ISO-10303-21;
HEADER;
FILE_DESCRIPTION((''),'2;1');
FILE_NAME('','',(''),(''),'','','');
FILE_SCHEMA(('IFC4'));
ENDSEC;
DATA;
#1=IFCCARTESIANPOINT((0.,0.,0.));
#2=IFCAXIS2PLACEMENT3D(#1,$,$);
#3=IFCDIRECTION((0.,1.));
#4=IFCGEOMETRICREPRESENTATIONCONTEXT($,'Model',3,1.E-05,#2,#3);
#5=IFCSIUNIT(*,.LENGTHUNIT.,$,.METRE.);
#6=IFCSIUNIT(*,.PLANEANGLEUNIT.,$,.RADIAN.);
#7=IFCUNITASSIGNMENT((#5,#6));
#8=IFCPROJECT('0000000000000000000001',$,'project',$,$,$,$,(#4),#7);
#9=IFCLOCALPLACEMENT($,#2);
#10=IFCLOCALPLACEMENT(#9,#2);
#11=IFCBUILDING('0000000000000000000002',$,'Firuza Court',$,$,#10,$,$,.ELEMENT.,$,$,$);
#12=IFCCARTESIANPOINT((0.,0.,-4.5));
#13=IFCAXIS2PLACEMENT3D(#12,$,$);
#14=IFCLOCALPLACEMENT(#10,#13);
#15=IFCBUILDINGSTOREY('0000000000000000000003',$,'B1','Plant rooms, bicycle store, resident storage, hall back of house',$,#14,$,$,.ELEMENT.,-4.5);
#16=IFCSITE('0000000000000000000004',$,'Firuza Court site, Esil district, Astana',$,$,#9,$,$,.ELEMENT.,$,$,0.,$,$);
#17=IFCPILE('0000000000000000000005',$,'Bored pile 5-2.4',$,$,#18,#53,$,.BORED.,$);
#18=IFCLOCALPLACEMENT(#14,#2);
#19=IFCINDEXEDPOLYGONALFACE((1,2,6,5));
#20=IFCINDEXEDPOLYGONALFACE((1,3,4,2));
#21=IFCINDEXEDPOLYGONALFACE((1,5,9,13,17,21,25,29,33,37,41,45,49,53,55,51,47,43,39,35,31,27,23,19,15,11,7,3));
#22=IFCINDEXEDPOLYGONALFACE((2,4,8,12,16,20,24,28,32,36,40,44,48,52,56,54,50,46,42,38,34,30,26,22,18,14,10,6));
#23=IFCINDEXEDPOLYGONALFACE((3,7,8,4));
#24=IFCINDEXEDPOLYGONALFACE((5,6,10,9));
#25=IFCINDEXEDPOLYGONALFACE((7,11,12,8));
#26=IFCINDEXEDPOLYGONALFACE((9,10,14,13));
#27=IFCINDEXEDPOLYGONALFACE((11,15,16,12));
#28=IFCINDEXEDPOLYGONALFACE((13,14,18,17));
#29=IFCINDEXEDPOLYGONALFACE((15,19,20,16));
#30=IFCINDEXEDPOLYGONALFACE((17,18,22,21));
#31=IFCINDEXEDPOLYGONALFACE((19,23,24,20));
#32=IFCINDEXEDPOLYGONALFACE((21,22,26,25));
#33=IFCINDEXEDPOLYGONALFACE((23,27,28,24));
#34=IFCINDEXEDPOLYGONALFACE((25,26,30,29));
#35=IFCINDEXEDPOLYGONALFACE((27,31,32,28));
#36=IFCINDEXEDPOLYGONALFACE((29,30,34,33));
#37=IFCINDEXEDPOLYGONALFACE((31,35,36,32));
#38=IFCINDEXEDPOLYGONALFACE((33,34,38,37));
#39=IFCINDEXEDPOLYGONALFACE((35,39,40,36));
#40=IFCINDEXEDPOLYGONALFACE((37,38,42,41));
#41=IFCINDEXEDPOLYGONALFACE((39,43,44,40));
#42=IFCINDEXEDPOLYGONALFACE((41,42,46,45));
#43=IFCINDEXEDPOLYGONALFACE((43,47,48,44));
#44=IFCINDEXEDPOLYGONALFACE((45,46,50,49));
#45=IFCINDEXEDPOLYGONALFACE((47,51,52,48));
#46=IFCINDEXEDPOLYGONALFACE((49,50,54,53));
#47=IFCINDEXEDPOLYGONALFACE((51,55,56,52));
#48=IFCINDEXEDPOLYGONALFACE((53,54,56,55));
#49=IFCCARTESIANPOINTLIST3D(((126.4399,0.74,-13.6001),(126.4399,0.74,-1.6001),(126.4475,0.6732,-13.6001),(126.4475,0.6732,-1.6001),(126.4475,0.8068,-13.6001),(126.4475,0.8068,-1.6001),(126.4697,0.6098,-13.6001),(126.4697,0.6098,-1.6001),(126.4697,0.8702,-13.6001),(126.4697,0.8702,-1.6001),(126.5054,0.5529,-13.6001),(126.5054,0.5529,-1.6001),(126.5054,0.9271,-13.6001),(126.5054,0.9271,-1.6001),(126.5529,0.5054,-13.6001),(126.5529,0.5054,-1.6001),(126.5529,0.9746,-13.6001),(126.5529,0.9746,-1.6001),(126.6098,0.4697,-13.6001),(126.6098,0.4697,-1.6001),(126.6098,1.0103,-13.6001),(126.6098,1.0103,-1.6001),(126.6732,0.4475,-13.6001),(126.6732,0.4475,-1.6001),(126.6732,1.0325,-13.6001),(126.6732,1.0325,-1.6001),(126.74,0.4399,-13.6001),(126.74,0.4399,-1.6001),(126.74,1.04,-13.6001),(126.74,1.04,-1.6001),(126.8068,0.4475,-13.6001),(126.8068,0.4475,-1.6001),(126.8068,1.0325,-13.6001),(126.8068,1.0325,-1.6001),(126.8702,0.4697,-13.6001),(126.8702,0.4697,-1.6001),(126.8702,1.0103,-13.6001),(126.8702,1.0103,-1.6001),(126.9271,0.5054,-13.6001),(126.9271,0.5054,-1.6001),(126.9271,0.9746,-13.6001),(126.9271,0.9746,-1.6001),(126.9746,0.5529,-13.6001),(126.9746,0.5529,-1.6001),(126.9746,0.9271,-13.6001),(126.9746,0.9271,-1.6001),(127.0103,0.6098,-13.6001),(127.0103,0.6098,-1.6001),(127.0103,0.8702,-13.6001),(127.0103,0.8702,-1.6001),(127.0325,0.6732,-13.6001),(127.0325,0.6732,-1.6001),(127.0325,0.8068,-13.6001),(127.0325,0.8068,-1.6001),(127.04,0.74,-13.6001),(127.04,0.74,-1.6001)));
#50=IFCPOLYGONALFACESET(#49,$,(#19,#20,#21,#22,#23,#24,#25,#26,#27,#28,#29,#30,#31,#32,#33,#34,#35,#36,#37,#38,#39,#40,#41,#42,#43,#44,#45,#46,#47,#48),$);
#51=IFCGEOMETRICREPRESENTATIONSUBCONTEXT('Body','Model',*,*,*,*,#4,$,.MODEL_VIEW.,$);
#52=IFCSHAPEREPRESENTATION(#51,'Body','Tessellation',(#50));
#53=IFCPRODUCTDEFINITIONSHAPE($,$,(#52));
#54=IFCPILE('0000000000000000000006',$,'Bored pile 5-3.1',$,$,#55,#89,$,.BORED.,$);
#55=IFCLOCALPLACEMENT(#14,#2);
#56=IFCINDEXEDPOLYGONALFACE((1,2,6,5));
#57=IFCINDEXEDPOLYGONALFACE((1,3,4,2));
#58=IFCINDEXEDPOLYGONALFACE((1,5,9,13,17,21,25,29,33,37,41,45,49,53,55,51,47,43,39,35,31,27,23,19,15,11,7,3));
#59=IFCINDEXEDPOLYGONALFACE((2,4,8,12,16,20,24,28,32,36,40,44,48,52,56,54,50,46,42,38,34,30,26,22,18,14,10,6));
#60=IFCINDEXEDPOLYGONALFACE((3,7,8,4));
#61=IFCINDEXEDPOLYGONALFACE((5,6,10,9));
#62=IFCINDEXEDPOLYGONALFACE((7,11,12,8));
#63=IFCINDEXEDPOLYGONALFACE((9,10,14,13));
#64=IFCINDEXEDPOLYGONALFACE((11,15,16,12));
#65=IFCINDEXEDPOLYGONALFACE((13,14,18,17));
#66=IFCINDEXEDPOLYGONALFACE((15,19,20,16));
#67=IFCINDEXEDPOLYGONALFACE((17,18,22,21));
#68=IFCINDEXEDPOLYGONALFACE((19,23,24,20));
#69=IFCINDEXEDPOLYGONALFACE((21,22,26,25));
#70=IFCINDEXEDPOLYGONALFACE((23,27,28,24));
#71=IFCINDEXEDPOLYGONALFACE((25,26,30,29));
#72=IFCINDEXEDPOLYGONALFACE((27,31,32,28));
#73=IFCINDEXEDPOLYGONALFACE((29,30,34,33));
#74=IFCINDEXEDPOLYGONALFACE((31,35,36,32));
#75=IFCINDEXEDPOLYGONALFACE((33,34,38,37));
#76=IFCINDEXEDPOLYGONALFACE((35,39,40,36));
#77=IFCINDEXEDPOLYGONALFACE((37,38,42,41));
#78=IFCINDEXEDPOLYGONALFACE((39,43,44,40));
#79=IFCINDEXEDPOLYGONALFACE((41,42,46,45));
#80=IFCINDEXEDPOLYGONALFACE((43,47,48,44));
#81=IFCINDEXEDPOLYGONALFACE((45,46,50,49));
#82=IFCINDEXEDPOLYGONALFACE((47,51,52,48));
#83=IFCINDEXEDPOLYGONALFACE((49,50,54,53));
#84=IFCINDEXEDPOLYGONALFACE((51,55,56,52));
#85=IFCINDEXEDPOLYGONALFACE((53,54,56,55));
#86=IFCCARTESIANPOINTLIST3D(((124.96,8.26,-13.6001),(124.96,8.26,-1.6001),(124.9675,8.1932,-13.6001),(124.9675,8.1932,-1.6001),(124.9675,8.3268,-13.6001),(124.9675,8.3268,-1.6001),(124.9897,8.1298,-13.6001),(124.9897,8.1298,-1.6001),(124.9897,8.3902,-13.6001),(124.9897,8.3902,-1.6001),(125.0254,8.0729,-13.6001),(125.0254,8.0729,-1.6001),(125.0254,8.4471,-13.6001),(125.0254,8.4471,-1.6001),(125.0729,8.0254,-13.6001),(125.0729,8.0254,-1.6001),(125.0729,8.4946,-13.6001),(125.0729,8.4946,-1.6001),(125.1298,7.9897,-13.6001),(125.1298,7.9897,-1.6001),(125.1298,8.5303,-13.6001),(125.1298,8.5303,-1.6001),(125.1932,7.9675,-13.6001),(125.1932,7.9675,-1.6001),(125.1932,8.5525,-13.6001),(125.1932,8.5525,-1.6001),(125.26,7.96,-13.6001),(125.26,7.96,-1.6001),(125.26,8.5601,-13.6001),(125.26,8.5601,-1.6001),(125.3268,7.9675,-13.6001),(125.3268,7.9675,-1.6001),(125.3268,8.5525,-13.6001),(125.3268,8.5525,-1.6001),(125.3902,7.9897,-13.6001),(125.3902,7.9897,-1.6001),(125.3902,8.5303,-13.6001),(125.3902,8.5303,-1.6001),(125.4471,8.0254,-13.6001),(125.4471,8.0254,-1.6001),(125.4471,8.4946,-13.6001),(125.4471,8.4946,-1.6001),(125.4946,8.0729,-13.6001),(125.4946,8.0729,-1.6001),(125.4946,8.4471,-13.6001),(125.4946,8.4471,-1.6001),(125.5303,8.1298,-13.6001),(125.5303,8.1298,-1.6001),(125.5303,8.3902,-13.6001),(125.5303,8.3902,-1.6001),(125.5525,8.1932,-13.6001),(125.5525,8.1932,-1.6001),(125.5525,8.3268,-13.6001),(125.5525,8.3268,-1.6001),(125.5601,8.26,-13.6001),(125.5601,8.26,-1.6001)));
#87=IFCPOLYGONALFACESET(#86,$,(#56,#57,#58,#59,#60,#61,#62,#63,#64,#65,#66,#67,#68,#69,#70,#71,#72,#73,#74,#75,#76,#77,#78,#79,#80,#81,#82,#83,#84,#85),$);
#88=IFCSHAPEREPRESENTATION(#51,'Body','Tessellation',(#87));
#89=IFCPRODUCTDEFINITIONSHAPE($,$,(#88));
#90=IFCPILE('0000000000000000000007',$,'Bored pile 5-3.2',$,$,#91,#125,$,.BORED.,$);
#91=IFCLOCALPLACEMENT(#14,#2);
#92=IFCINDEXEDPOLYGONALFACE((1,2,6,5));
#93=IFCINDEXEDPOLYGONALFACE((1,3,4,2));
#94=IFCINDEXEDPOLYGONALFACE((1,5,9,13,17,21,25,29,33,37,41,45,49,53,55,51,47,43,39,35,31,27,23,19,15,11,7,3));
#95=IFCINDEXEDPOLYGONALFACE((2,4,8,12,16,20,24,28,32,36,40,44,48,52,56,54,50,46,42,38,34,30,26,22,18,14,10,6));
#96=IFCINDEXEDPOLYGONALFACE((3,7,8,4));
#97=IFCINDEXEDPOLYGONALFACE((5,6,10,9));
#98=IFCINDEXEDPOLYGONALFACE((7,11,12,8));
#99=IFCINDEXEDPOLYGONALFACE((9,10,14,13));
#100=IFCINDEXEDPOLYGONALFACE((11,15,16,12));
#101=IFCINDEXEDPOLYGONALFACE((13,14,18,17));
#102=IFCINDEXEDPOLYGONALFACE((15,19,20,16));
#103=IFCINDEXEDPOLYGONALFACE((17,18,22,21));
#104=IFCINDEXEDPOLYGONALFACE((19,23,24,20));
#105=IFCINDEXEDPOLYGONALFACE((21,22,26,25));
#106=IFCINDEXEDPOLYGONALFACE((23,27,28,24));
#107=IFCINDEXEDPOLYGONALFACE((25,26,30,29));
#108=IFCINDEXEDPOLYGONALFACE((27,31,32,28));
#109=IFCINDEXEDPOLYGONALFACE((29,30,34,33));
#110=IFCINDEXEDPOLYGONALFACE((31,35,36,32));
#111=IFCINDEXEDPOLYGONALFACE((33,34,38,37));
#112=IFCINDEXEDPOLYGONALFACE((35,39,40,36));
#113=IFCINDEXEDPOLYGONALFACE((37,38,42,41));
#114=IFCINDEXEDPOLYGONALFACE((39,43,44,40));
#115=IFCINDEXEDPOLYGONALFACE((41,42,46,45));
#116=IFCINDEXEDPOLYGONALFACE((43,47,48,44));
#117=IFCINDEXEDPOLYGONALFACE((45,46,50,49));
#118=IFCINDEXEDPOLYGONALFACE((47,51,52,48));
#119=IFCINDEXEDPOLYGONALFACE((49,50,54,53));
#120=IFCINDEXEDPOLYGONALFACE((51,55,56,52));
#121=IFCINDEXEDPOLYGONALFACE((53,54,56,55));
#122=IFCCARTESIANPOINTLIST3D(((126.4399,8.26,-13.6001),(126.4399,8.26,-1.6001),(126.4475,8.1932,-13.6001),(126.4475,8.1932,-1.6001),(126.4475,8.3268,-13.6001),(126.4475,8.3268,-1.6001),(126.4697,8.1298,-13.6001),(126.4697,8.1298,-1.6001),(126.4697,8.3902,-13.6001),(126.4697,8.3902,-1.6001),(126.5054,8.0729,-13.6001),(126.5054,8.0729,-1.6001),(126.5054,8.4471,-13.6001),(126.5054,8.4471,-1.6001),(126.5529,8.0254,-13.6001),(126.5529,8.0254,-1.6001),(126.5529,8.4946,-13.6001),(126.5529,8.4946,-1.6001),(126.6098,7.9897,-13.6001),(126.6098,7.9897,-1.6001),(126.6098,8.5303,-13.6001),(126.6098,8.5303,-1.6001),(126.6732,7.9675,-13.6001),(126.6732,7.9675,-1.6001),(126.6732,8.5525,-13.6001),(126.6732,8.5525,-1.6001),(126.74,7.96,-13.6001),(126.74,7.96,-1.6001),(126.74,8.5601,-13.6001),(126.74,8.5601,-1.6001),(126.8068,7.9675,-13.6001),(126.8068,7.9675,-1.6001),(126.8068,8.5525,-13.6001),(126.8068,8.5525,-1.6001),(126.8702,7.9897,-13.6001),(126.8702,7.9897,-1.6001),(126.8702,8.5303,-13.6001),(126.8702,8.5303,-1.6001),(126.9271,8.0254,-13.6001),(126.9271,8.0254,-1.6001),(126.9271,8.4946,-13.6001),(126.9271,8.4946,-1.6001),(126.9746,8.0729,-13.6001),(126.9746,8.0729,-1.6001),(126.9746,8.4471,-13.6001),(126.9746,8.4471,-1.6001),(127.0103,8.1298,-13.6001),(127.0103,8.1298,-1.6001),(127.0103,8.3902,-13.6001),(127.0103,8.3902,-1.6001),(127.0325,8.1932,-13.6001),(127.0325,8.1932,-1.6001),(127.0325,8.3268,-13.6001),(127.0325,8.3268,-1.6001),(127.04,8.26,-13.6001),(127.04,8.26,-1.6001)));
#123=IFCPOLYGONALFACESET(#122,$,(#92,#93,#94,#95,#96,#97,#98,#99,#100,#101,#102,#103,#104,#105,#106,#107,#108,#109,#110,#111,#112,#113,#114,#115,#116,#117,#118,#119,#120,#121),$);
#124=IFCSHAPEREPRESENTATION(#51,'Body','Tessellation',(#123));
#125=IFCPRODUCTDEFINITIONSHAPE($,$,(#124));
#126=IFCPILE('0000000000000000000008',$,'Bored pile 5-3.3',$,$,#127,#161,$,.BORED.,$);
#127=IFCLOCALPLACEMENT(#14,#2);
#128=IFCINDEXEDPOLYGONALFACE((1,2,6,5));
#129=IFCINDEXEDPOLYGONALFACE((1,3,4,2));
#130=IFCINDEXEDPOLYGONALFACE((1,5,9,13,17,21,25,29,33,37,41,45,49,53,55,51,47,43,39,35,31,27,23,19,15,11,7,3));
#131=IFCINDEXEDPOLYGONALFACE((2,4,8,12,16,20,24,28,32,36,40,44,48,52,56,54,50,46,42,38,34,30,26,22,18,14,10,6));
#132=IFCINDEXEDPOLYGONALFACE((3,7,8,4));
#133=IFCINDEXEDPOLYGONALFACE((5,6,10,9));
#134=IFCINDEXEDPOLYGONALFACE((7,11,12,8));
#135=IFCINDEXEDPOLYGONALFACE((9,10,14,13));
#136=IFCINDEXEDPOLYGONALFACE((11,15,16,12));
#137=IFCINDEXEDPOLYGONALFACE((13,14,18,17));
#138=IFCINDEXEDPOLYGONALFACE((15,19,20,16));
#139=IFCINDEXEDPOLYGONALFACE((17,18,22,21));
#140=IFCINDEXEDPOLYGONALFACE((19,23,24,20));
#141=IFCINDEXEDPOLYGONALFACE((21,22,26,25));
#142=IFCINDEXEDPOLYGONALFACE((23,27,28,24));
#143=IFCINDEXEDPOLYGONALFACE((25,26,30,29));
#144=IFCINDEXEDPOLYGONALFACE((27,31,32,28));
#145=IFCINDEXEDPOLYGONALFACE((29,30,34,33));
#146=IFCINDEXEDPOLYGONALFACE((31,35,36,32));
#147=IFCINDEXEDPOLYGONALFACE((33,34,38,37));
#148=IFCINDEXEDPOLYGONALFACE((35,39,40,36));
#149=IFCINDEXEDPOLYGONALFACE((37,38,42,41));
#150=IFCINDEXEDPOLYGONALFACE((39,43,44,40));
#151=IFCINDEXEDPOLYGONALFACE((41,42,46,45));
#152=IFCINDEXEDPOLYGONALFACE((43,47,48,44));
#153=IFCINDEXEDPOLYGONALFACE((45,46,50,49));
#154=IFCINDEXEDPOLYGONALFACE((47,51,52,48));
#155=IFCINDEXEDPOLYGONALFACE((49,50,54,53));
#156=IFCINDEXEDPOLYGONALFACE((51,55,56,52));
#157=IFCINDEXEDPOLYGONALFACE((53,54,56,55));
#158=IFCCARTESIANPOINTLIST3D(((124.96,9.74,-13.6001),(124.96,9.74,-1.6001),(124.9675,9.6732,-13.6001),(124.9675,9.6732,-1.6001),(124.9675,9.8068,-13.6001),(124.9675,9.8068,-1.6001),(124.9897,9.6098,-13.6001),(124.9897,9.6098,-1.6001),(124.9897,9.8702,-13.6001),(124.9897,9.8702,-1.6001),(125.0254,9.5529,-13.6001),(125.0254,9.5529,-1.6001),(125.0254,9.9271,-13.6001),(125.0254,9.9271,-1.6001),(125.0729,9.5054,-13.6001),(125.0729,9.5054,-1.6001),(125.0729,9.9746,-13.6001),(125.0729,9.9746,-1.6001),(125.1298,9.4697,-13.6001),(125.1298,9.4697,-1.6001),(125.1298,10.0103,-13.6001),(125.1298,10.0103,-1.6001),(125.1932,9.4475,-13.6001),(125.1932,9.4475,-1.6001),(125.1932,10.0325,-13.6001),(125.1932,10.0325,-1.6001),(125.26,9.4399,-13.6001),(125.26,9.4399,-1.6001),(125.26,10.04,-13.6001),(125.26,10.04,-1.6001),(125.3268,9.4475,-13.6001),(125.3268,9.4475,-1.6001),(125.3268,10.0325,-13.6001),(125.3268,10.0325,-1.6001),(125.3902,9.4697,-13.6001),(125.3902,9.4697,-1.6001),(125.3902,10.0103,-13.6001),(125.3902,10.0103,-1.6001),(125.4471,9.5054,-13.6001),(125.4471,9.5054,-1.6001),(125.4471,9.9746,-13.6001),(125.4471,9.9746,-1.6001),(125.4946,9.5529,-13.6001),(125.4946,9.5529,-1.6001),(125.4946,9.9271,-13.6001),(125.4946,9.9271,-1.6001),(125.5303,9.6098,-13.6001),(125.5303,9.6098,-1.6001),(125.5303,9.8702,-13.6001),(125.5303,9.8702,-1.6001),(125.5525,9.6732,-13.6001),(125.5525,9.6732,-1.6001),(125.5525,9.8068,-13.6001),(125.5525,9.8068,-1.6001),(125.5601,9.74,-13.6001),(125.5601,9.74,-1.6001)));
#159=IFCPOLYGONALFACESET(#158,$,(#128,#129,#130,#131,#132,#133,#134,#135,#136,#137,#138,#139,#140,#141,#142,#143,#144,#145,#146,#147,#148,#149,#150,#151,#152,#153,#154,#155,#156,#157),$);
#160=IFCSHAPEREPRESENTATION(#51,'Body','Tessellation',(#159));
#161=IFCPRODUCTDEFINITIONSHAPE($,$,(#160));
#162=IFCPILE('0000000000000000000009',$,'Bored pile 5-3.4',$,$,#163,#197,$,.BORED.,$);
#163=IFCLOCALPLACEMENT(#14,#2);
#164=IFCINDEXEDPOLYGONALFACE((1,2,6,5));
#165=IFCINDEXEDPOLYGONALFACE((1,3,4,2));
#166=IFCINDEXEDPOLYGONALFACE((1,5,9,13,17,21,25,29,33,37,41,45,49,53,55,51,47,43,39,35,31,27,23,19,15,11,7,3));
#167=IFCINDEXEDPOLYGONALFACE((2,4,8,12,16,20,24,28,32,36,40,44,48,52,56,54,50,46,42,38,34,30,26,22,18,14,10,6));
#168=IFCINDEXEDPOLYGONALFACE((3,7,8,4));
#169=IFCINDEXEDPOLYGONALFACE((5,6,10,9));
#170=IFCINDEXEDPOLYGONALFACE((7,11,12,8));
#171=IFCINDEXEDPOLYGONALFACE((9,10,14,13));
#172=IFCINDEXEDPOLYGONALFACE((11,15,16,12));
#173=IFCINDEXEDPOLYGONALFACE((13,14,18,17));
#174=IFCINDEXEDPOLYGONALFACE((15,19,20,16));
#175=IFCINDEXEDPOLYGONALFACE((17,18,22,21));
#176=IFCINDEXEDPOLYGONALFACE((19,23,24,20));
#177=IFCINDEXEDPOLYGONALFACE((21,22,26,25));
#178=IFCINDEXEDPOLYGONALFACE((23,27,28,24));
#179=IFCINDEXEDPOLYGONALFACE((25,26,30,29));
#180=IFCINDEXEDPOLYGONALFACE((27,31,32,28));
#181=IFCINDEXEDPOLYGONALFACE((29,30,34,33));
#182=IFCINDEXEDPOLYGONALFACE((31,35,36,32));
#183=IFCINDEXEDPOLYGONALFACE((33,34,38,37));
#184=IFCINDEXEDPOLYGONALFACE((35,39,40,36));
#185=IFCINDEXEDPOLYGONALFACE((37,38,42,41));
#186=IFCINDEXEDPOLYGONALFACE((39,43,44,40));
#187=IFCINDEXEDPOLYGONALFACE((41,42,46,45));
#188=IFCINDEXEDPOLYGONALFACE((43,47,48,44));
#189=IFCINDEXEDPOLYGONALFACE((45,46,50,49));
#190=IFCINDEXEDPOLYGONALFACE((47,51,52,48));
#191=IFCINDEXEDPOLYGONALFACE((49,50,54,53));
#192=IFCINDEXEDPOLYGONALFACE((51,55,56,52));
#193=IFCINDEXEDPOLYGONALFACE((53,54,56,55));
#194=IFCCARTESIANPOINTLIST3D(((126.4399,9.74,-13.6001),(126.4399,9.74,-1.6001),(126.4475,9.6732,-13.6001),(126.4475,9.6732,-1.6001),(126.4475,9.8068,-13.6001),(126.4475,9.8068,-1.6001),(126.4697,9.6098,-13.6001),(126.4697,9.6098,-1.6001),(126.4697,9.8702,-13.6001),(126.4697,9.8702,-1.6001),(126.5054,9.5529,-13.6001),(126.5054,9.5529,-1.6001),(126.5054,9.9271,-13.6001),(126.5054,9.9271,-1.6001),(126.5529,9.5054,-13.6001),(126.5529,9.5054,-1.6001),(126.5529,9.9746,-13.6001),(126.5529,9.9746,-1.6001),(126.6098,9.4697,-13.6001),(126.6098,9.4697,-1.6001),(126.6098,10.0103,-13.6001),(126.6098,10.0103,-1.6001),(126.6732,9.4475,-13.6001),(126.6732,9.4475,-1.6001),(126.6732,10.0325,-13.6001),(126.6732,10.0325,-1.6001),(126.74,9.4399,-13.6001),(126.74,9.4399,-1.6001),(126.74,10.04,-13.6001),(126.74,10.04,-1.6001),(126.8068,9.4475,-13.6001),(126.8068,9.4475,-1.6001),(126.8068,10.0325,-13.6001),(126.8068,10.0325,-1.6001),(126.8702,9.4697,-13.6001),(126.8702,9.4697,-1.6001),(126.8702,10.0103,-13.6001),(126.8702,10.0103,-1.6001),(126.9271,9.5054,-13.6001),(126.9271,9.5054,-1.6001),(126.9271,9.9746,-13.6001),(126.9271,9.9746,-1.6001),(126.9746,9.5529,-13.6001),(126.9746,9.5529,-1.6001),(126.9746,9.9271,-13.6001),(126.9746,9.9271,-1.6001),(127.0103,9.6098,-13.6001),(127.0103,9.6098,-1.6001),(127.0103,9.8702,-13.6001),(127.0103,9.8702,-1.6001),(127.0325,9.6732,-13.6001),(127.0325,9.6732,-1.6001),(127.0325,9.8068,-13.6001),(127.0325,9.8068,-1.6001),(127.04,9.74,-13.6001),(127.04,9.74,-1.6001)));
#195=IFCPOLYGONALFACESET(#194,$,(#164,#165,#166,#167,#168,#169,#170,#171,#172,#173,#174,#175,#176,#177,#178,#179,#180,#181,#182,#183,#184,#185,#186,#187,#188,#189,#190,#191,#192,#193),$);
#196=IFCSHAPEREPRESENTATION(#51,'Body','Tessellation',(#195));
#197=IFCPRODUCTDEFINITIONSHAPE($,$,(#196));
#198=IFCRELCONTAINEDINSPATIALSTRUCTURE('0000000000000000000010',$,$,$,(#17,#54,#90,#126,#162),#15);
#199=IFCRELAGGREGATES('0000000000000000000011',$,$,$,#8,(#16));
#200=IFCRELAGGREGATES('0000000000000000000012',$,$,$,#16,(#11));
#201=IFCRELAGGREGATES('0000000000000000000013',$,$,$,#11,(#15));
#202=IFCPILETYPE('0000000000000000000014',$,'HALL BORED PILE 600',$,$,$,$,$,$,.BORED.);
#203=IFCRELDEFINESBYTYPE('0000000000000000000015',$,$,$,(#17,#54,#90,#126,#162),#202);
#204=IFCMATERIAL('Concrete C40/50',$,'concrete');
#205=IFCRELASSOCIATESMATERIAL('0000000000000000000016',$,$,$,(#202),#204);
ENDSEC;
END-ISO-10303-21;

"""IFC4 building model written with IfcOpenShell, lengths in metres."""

from ifc_helpers import new_model, si_unit, direction, frame, origin, origin_2d, place, context, subcontext, project, spatial, circle, extrude, material, material_profile, profile_set, type_object, element, save


model = new_model("IFC4")

# Units and contexts
model_context = context("Model", 3, precision=1e-05, world=origin(), true_north=direction((0.0, 1.0)))
body_context = subcontext(model_context, "Body", "Model", "MODEL_VIEW")
ifc_project = project(units=[si_unit("LENGTHUNIT", "METRE"), si_unit("PLANEANGLEUNIT", "RADIAN")], contexts=[model_context])

# Site, building, storey
site_placement = place(None, origin())
site = spatial("IfcSite", under=ifc_project, at=site_placement, Name="Firuza Court site, Esil district, Astana", CompositionType="ELEMENT", RefElevation=0.0)
building_placement = place(site_placement, origin())
building = spatial("IfcBuilding", under=site, at=building_placement, Name="Firuza Court", CompositionType="ELEMENT")
storey_placement = place(building_placement, frame((0.0, 0.0, -4.5)))
storey = spatial("IfcBuildingStorey", under=building, at=storey_placement, Name="B1", Description="Plant rooms, bicycle store, resident storage, hall back of house", CompositionType="ELEMENT", Elevation=-4.5)

# Piles
ifc_material_1 = material(Name="Concrete C40/50", Category="concrete")
ifc_material_profile_1 = material_profile(ifc_material_1, circle(Radius=0.3, at=origin_2d()), Name="PILE 600")
ifc_profile_set_1 = profile_set([ifc_material_profile_1], Name="Concrete C40/50")
pile_type = type_object("IfcPileType", Name="HALL BORED PILE 600", PredefinedType="BORED", material=ifc_profile_set_1)
for number, where, z_axis, x_axis, name in (
    (1, (126.74, 0.74, -1.6001), (0.0, 0.0, -1.0), (1.0, 0.0, 0.0), "Bored pile 5-2.4"),
    (2, (125.26, 8.26, -1.6001), (0.0, 0.0, -1.0), (1.0, 0.0, 0.0), "Bored pile 5-3.1"),
    (3, (126.74, 8.26, -1.6001), (0.0, 0.0, -1.0), (1.0, 0.0, 0.0), "Bored pile 5-3.2"),
    (4, (125.26, 9.74, -1.6001), (0.0, 0.0, -1.0), (1.0, 0.0, 0.0), "Bored pile 5-3.3"),
    (5, (126.74, 9.74, -1.6001), (0.0, 0.0, -1.0), (1.0, 0.0, 0.0), "Bored pile 5-3.4"),
):
    element("IfcPile", number, at=place(storey_placement, frame(where, z_axis=z_axis, x_axis=x_axis)), inside=storey, type_object=pile_type, Name=name, PredefinedType="BORED", context=body_context, shape_type="SweptSolid", body=[
        extrude(circle(Radius=0.3, at=origin_2d()), origin(), (0.0, 0.0, 1.0), 12.0),
    ])

save(model, "model.ifc")
